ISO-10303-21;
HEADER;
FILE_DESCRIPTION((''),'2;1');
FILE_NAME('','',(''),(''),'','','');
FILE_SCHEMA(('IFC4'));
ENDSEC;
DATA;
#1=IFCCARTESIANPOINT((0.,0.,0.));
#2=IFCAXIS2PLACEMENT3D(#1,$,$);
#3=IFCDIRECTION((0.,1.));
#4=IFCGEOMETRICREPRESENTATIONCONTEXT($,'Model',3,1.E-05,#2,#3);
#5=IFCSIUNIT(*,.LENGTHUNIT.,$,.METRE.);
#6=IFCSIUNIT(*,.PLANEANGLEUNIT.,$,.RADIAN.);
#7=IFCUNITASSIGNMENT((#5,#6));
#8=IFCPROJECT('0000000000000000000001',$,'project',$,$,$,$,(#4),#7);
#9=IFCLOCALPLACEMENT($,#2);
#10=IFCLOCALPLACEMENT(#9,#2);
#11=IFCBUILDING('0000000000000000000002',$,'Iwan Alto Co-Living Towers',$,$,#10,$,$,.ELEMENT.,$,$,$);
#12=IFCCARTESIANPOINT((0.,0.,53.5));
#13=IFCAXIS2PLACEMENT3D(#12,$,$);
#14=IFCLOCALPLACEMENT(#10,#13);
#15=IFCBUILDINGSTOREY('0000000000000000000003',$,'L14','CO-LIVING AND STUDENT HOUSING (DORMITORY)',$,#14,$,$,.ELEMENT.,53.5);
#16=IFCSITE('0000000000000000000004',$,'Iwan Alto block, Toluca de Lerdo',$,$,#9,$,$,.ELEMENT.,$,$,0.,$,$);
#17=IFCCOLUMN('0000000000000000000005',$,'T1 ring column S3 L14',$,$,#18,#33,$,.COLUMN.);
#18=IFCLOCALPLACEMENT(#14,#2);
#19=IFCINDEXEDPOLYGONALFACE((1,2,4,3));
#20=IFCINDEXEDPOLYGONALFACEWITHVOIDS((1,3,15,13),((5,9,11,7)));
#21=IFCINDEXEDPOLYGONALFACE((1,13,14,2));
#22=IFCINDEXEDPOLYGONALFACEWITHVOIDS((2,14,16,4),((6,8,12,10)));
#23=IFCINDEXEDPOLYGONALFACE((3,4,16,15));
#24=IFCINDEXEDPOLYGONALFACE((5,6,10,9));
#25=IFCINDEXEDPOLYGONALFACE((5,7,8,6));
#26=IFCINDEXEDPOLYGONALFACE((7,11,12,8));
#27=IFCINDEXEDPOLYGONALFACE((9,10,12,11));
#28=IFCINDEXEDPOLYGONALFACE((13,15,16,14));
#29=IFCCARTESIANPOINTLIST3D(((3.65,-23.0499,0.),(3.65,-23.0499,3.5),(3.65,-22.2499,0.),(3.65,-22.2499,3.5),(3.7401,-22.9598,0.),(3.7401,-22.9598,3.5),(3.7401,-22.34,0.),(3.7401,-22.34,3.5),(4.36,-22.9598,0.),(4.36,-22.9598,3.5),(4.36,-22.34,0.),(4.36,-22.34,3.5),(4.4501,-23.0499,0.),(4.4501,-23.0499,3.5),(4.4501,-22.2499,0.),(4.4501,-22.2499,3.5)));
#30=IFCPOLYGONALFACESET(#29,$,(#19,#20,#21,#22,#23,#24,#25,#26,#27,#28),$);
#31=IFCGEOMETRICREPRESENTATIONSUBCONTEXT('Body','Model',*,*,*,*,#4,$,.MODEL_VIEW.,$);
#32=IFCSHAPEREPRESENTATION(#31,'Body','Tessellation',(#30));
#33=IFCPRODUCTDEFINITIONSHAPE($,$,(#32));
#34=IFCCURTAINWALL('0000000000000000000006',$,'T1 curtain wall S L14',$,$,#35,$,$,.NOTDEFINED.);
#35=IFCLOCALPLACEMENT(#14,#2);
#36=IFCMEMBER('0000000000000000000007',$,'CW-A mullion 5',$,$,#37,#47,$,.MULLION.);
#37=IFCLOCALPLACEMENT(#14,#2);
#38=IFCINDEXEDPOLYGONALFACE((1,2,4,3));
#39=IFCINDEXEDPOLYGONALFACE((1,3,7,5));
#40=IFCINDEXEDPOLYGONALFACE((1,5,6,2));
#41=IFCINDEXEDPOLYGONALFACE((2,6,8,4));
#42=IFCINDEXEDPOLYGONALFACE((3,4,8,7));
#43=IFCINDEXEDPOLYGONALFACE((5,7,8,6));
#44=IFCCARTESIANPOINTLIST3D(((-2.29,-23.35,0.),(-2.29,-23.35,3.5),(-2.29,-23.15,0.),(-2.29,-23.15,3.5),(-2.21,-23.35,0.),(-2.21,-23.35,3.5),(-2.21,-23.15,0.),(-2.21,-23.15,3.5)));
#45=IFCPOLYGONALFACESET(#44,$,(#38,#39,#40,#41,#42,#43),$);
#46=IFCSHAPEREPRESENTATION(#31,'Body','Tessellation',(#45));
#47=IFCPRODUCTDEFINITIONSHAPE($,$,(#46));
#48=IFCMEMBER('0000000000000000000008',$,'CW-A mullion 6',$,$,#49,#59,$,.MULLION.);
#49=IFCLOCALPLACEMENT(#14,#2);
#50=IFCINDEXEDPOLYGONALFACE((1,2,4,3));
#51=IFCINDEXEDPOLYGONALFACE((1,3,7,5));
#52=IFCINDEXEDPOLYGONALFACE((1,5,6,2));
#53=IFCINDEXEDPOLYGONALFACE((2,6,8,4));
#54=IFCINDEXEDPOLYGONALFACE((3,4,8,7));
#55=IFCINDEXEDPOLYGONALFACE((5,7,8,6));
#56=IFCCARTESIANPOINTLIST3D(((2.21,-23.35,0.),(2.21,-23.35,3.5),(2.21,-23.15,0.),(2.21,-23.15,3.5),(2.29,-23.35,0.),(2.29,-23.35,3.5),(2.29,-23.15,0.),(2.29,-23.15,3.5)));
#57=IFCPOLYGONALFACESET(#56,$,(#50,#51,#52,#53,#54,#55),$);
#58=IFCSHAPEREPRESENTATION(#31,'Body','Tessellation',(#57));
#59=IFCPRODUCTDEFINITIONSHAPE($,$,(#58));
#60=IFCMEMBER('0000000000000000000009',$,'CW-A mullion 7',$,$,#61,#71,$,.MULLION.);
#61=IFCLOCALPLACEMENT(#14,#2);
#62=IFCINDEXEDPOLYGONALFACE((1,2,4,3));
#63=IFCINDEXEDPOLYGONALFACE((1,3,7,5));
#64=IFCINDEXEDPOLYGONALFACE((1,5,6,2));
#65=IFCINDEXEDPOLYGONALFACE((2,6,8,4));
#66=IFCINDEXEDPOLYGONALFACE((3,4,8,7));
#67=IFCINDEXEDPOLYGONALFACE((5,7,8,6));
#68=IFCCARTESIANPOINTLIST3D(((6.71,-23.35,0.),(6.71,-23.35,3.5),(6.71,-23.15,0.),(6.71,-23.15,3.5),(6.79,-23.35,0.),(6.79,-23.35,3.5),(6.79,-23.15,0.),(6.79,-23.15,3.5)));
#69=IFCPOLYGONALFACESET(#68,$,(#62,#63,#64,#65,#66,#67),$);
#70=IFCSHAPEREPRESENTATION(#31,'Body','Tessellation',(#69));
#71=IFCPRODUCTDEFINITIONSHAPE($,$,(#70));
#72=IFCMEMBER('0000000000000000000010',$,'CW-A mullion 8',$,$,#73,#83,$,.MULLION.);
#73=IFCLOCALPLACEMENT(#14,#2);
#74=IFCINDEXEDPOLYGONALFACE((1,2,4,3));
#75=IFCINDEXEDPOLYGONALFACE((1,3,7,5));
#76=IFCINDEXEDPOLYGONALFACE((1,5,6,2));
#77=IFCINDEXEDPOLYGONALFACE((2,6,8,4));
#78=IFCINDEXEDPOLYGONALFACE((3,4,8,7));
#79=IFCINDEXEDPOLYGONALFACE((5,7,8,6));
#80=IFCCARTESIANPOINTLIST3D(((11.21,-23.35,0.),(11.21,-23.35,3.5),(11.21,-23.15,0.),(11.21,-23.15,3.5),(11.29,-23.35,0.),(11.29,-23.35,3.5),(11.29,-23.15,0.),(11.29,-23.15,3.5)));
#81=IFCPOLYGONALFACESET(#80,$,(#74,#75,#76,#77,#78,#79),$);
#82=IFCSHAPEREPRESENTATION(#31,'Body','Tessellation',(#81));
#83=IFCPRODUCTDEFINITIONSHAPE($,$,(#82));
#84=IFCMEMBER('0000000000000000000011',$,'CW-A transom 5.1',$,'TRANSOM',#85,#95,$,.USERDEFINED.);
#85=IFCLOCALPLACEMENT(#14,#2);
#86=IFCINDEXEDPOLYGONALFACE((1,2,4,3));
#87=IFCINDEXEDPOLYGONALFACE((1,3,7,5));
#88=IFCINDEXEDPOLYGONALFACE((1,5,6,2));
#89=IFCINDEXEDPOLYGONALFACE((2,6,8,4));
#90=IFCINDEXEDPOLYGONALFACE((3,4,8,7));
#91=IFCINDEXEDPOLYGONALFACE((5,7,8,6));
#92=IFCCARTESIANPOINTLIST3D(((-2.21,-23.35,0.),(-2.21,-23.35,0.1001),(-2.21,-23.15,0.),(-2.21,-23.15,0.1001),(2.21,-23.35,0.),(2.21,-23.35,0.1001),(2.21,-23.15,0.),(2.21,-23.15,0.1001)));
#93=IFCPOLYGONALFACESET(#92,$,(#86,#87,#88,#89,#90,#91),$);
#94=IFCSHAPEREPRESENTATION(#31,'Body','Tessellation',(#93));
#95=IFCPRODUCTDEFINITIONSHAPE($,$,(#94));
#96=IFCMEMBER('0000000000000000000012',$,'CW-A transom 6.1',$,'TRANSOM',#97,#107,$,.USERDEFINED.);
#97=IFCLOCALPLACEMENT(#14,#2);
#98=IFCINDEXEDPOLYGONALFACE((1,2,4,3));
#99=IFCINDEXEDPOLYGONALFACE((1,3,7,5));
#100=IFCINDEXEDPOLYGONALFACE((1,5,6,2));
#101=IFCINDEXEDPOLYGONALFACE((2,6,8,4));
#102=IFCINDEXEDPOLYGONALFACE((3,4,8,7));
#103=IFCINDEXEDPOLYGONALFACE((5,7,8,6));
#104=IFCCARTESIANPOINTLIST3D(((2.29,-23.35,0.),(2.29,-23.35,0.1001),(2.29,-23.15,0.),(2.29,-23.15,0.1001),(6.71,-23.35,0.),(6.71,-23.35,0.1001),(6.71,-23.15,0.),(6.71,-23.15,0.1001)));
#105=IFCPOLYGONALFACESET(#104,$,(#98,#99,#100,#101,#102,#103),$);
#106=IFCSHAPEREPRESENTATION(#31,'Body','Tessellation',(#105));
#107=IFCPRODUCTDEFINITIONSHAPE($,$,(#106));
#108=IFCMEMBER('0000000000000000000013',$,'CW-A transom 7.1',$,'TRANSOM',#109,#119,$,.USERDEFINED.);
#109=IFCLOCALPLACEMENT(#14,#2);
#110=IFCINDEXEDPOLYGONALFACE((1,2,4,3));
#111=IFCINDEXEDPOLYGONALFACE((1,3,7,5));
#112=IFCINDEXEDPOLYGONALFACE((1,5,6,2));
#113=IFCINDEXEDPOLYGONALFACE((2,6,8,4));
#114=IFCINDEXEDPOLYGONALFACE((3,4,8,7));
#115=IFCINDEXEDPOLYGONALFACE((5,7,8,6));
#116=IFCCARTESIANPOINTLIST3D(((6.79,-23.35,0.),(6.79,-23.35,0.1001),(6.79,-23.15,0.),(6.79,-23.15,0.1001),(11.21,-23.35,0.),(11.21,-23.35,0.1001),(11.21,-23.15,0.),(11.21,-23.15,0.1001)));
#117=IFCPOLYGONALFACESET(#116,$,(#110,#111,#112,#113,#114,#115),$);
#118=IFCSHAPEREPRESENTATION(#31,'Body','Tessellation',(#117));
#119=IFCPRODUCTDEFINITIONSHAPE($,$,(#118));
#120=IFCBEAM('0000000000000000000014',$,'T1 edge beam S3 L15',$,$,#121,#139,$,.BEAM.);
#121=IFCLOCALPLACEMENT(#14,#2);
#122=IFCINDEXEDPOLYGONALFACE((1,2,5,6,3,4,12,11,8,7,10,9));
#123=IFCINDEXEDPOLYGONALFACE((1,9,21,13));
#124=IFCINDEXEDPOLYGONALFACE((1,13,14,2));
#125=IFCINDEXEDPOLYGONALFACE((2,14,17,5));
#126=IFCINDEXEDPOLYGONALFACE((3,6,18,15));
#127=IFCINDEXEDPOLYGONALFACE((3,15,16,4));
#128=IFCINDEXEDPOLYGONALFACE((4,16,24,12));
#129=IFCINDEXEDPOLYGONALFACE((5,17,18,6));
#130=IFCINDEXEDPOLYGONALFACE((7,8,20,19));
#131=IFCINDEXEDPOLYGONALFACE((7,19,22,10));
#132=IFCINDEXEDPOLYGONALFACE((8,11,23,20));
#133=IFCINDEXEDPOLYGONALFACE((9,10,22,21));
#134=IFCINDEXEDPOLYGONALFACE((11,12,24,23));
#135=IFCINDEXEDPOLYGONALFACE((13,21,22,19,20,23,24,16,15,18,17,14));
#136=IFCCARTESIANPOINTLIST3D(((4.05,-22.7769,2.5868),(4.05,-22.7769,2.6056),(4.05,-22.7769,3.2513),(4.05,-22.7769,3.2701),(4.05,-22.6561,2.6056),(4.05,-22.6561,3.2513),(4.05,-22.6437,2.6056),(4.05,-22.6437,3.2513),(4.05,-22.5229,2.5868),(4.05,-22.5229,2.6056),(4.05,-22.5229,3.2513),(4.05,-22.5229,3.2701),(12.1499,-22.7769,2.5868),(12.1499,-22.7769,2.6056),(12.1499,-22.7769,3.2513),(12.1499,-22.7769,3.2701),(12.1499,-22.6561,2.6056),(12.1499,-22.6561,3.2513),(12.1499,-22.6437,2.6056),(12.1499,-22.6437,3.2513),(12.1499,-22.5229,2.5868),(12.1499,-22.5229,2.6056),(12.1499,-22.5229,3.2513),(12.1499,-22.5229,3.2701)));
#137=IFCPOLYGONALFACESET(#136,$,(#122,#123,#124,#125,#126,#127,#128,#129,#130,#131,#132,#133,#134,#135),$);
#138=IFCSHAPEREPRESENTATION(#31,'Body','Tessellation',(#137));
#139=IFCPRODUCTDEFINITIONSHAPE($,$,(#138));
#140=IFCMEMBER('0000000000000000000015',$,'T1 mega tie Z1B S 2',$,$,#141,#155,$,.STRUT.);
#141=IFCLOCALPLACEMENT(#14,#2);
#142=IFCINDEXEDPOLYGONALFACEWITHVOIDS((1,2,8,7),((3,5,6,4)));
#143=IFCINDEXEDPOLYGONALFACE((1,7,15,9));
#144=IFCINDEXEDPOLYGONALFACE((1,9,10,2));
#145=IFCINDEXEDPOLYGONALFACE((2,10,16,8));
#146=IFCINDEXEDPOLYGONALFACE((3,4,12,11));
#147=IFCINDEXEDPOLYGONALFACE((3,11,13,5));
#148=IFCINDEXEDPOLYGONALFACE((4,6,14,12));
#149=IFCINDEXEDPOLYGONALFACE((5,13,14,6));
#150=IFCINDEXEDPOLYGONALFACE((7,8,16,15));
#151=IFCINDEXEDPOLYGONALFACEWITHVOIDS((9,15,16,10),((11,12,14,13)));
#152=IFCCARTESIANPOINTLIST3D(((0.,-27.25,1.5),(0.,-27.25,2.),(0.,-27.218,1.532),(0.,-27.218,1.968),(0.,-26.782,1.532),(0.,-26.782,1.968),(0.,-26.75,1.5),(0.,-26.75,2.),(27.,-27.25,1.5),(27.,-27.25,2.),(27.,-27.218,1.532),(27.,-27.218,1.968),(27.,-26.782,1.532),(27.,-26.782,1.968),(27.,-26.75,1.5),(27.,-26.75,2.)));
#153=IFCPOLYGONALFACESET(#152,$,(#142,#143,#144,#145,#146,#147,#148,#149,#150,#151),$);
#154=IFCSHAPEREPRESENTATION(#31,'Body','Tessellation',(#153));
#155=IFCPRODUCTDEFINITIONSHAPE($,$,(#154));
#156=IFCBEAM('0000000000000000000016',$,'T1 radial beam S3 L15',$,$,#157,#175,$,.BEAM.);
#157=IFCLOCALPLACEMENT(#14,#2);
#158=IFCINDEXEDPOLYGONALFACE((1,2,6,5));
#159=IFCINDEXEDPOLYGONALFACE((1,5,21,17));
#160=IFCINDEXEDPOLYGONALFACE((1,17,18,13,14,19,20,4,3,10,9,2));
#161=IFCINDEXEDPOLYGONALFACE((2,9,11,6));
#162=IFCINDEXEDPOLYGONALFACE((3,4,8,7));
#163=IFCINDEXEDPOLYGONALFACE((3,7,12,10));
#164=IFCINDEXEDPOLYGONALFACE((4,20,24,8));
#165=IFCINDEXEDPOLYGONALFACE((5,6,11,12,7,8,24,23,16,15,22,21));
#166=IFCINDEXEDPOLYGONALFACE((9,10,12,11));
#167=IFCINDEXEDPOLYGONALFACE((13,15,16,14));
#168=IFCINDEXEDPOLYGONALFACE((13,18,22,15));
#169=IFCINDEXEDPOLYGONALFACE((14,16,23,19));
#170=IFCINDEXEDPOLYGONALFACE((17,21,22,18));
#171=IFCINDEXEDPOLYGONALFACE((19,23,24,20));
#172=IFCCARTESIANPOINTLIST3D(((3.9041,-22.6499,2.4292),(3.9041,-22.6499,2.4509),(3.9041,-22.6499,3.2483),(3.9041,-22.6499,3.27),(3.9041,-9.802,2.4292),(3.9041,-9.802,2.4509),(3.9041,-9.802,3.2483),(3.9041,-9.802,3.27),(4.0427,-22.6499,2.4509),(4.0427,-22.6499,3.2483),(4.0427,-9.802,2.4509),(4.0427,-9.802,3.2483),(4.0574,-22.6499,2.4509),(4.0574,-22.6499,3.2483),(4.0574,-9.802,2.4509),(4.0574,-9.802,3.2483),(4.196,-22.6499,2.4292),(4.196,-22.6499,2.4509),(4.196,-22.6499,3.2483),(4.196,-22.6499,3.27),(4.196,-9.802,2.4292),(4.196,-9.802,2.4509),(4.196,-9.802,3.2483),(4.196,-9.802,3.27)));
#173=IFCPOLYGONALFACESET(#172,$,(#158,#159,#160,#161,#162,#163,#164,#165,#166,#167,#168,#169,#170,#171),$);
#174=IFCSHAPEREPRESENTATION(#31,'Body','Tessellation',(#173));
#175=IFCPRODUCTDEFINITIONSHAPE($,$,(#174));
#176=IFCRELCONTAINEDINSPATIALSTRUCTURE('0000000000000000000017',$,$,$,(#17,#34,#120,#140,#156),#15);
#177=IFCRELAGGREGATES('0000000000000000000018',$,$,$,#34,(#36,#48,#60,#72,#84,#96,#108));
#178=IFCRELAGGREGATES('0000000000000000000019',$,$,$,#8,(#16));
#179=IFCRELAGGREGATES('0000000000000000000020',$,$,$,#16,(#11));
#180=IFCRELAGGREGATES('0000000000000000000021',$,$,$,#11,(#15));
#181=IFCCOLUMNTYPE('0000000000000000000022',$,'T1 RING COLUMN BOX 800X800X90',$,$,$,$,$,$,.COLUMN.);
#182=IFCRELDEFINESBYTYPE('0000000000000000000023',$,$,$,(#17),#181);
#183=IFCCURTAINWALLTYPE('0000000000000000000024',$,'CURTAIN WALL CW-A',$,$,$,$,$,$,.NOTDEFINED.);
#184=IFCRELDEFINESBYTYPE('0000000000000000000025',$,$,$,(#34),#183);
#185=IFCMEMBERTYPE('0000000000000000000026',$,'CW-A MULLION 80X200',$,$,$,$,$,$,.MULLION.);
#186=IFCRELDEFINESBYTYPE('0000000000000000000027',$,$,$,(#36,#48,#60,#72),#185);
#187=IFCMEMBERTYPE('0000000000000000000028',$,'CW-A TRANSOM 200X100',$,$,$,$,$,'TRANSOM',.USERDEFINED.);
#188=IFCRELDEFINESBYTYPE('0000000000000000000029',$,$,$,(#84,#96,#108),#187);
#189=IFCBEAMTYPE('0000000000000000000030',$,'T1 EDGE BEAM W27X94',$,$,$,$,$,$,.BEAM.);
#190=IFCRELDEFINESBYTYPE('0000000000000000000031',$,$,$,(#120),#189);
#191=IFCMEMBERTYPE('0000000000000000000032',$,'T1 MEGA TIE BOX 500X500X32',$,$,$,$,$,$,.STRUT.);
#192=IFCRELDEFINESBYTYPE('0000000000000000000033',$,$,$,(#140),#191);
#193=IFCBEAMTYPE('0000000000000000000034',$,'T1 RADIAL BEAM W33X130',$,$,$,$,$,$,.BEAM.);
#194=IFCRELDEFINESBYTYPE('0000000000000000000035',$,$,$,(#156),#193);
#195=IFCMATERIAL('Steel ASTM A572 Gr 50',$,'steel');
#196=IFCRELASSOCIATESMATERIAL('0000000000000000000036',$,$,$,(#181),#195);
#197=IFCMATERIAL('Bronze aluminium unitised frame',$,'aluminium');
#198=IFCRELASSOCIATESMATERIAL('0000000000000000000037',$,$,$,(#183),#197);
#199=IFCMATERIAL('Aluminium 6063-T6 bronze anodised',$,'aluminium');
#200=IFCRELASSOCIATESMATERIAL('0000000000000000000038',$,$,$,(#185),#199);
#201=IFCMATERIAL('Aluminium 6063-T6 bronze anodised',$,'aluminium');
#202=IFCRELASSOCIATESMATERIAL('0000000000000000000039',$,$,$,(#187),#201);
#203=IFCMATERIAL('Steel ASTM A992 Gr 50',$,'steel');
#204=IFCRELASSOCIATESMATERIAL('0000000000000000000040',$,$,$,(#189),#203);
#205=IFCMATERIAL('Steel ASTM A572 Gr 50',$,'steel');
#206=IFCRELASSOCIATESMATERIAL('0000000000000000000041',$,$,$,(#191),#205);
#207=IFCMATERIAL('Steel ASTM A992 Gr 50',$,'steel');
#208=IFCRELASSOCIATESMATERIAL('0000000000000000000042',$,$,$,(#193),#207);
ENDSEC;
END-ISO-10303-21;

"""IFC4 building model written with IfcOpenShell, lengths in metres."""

from ifc_helpers import new_model, si_unit, direction, frame, origin, origin_2d, place, context, subcontext, project, spatial, rectangle, hollow_rectangle, i_section, extrude, material, material_profile, profile_set, type_object, element, aggregate, save


model = new_model("IFC4")

# Units and contexts
model_context = context("Model", 3, precision=1e-05, world=origin(), true_north=direction((0.0, 1.0)))
body_context = subcontext(model_context, "Body", "Model", "MODEL_VIEW")
ifc_project = project(units=[si_unit("LENGTHUNIT", "METRE"), si_unit("PLANEANGLEUNIT", "RADIAN")], contexts=[model_context])

# Site, building, storey
site_placement = place(None, origin())
site = spatial("IfcSite", under=ifc_project, at=site_placement, Name="Iwan Alto block, Toluca de Lerdo", CompositionType="ELEMENT", RefElevation=0.0)
building_placement = place(site_placement, origin())
building = spatial("IfcBuilding", under=site, at=building_placement, Name="Iwan Alto Co-Living Towers", CompositionType="ELEMENT")
storey_placement = place(building_placement, frame((0.0, 0.0, 53.5)))
storey = spatial("IfcBuildingStorey", under=building, at=storey_placement, Name="L14", Description="CO-LIVING AND STUDENT HOUSING (DORMITORY)", CompositionType="ELEMENT", Elevation=53.5)

# Column
ifc_material_1 = material(Name="Steel ASTM A572 Gr 50", Category="steel")
ifc_material_profile_1 = material_profile(ifc_material_1, hollow_rectangle(XDim=0.8, YDim=0.8, WallThickness=0.0901, at=origin_2d()), Name="BOX 800X800X90")
ifc_profile_set_1 = profile_set([ifc_material_profile_1], Name="Steel ASTM A572 Gr 50")
column_type = type_object("IfcColumnType", Name="T1 RING COLUMN BOX 800X800X90", PredefinedType="COLUMN", material=ifc_profile_set_1)
column_placement = place(storey_placement, frame((4.05, -22.6499, 0.0), z_axis=(0.0, 0.0, 1.0), x_axis=(1.0, 0.0, 0.0)))
element("IfcColumn", 1, at=column_placement, inside=storey, type_object=column_type, Name="T1 ring column S3 L14", PredefinedType="COLUMN", context=body_context, shape_type="SweptSolid", body=[
    extrude(hollow_rectangle(XDim=0.8, YDim=0.8, WallThickness=0.0901, at=origin_2d()), origin(), (0.0, 0.0, 1.0), 3.5),
])

# Curtain wall, members
ifc_material_2 = material(Name="Bronze aluminium unitised frame", Category="aluminium")
curtain_wall_type = type_object("IfcCurtainWallType", Name="CURTAIN WALL CW-A", PredefinedType="NOTDEFINED", material=ifc_material_2)
curtain_wall_placement = place(storey_placement, origin())
curtain_wall = element("IfcCurtainWall", 2, at=curtain_wall_placement, inside=storey, type_object=curtain_wall_type, Name="T1 curtain wall S L14", PredefinedType="NOTDEFINED")
ifc_material_3 = material(Name="Aluminium 6063-T6 bronze anodised", Category="aluminium")
ifc_material_profile_2 = material_profile(ifc_material_3, rectangle(XDim=0.2, YDim=0.0801, at=origin_2d()), Name="AL 80X200")
ifc_profile_set_2 = profile_set([ifc_material_profile_2], Name="Aluminium 6063-T6 bronze anodised")
member_type_1 = type_object("IfcMemberType", Name="CW-A MULLION 80X200", PredefinedType="MULLION", material=ifc_profile_set_2)
member_1_placement = place(storey_placement, frame((-2.25, -23.25, 0.0), z_axis=(0.0, 0.0, 1.0), x_axis=(0.0, 1.0, 0.0)))
member_1 = element("IfcMember", 3, at=member_1_placement, type_object=member_type_1, Name="CW-A mullion 5", PredefinedType="MULLION", context=body_context, shape_type="SweptSolid", body=[
    extrude(rectangle(XDim=0.2, YDim=0.0801, at=origin_2d()), origin(), (0.0, 0.0, 1.0), 3.5),
])
member_2_placement = place(storey_placement, frame((2.25, -23.25, 0.0), z_axis=(0.0, 0.0, 1.0), x_axis=(0.0, 1.0, 0.0)))
member_2 = element("IfcMember", 4, at=member_2_placement, type_object=member_type_1, Name="CW-A mullion 6", PredefinedType="MULLION", context=body_context, shape_type="SweptSolid", body=[
    extrude(rectangle(XDim=0.2, YDim=0.0801, at=origin_2d()), origin(), (0.0, 0.0, 1.0), 3.5),
])
member_3_placement = place(storey_placement, frame((6.75, -23.25, 0.0), z_axis=(0.0, 0.0, 1.0), x_axis=(0.0, 1.0, 0.0)))
member_3 = element("IfcMember", 5, at=member_3_placement, type_object=member_type_1, Name="CW-A mullion 7", PredefinedType="MULLION", context=body_context, shape_type="SweptSolid", body=[
    extrude(rectangle(XDim=0.2, YDim=0.0801, at=origin_2d()), origin(), (0.0, 0.0, 1.0), 3.5),
])
member_4_placement = place(storey_placement, frame((11.25, -23.25, 0.0), z_axis=(0.0, 0.0, 1.0), x_axis=(0.0, 1.0, 0.0)))
member_4 = element("IfcMember", 6, at=member_4_placement, type_object=member_type_1, Name="CW-A mullion 8", PredefinedType="MULLION", context=body_context, shape_type="SweptSolid", body=[
    extrude(rectangle(XDim=0.2, YDim=0.0801, at=origin_2d()), origin(), (0.0, 0.0, 1.0), 3.5),
])
ifc_material_4 = material(Name="Aluminium 6063-T6 bronze anodised", Category="aluminium")
ifc_material_profile_3 = material_profile(ifc_material_4, rectangle(XDim=0.2, YDim=0.1001, at=origin_2d()), Name="AL 200X100")
ifc_profile_set_3 = profile_set([ifc_material_profile_3], Name="Aluminium 6063-T6 bronze anodised")
member_type_2 = type_object("IfcMemberType", Name="CW-A TRANSOM 200X100", ElementType="TRANSOM", PredefinedType="USERDEFINED", material=ifc_profile_set_3)
member_5_placement = place(storey_placement, frame((-2.21, -23.25, 0.05), z_axis=(1.0, 0.0, 0.0), x_axis=(0.0, 1.0, 0.0)))
member_5 = element("IfcMember", 7, at=member_5_placement, type_object=member_type_2, Name="CW-A transom 5.1", ObjectType="TRANSOM", PredefinedType="USERDEFINED", context=body_context, shape_type="SweptSolid", body=[
    extrude(rectangle(XDim=0.2, YDim=0.1001, at=origin_2d()), origin(), (0.0, 0.0, 1.0), 4.4199),
])
member_6_placement = place(storey_placement, frame((2.29, -23.25, 0.05), z_axis=(1.0, 0.0, 0.0), x_axis=(0.0, 1.0, 0.0)))
member_6 = element("IfcMember", 8, at=member_6_placement, type_object=member_type_2, Name="CW-A transom 6.1", ObjectType="TRANSOM", PredefinedType="USERDEFINED", context=body_context, shape_type="SweptSolid", body=[
    extrude(rectangle(XDim=0.2, YDim=0.1001, at=origin_2d()), origin(), (0.0, 0.0, 1.0), 4.4199),
])
member_7_placement = place(storey_placement, frame((6.79, -23.25, 0.05), z_axis=(1.0, 0.0, 0.0), x_axis=(0.0, 1.0, 0.0)))
member_7 = element("IfcMember", 9, at=member_7_placement, type_object=member_type_2, Name="CW-A transom 7.1", ObjectType="TRANSOM", PredefinedType="USERDEFINED", context=body_context, shape_type="SweptSolid", body=[
    extrude(rectangle(XDim=0.2, YDim=0.1001, at=origin_2d()), origin(), (0.0, 0.0, 1.0), 4.4199),
])

# Beam
ifc_material_5 = material(Name="Steel ASTM A992 Gr 50", Category="steel")
ifc_material_profile_4 = material_profile(ifc_material_5, i_section(OverallWidth=0.2539, OverallDepth=0.6833, WebThickness=0.0125, FlangeThickness=0.0188, at=origin_2d()), Name="W27X94")
ifc_profile_set_4 = profile_set([ifc_material_profile_4], Name="Steel ASTM A992 Gr 50")
beam_type_1 = type_object("IfcBeamType", Name="T1 EDGE BEAM W27X94", PredefinedType="BEAM", material=ifc_profile_set_4)
beam_1_placement = place(storey_placement, frame((4.05, -22.6499, 2.9285), z_axis=(1.0, 0.0, 0.0), x_axis=(0.0, 1.0, 0.0)))
element("IfcBeam", 10, at=beam_1_placement, inside=storey, type_object=beam_type_1, Name="T1 edge beam S3 L15", PredefinedType="BEAM", context=body_context, shape_type="SweptSolid", body=[
    extrude(i_section(OverallWidth=0.2539, OverallDepth=0.6833, WebThickness=0.0125, FlangeThickness=0.0188, at=origin_2d()), origin(), (0.0, 0.0, 1.0), 8.0999),
])

# Member
ifc_material_6 = material(Name="Steel ASTM A572 Gr 50", Category="steel")
ifc_material_profile_5 = material_profile(ifc_material_6, hollow_rectangle(XDim=0.5, YDim=0.5, WallThickness=0.032, at=origin_2d()), Name="BOX 500X500X32")
ifc_profile_set_5 = profile_set([ifc_material_profile_5], Name="Steel ASTM A572 Gr 50")
member_type_3 = type_object("IfcMemberType", Name="T1 MEGA TIE BOX 500X500X32", PredefinedType="STRUT", material=ifc_profile_set_5)
member_8_placement = place(storey_placement, frame((0.0, -27.0, 1.75), z_axis=(1.0, 0.0, 0.0), x_axis=(0.0, 1.0, 0.0)))
element("IfcMember", 11, at=member_8_placement, inside=storey, type_object=member_type_3, Name="T1 mega tie Z1B S 2", PredefinedType="STRUT", context=body_context, shape_type="SweptSolid", body=[
    extrude(hollow_rectangle(XDim=0.5, YDim=0.5, WallThickness=0.032, at=origin_2d()), origin(), (0.0, 0.0, 1.0), 27.0),
])

# Beam
ifc_material_7 = material(Name="Steel ASTM A992 Gr 50", Category="steel")
ifc_material_profile_6 = material_profile(ifc_material_7, i_section(OverallWidth=0.292, OverallDepth=0.8408, WebThickness=0.0146, FlangeThickness=0.0217, at=origin_2d()), Name="W33X130")
ifc_profile_set_6 = profile_set([ifc_material_profile_6], Name="Steel ASTM A992 Gr 50")
beam_type_2 = type_object("IfcBeamType", Name="T1 RADIAL BEAM W33X130", PredefinedType="BEAM", material=ifc_profile_set_6)
beam_2_placement = place(storey_placement, frame((4.05, -22.6499, 2.8496), z_axis=(0.0, 1.0, 0.0), x_axis=(-1.0, 0.0, 0.0)))
element("IfcBeam", 12, at=beam_2_placement, inside=storey, type_object=beam_type_2, Name="T1 radial beam S3 L15", PredefinedType="BEAM", context=body_context, shape_type="SweptSolid", body=[
    extrude(i_section(OverallWidth=0.292, OverallDepth=0.8408, WebThickness=0.0146, FlangeThickness=0.0217, at=origin_2d()), origin(), (0.0, 0.0, 1.0), 12.8479),
])

aggregate(curtain_wall, [member_1, member_2, member_3, member_4, member_5, member_6, member_7])

save(model, "model.ifc")
